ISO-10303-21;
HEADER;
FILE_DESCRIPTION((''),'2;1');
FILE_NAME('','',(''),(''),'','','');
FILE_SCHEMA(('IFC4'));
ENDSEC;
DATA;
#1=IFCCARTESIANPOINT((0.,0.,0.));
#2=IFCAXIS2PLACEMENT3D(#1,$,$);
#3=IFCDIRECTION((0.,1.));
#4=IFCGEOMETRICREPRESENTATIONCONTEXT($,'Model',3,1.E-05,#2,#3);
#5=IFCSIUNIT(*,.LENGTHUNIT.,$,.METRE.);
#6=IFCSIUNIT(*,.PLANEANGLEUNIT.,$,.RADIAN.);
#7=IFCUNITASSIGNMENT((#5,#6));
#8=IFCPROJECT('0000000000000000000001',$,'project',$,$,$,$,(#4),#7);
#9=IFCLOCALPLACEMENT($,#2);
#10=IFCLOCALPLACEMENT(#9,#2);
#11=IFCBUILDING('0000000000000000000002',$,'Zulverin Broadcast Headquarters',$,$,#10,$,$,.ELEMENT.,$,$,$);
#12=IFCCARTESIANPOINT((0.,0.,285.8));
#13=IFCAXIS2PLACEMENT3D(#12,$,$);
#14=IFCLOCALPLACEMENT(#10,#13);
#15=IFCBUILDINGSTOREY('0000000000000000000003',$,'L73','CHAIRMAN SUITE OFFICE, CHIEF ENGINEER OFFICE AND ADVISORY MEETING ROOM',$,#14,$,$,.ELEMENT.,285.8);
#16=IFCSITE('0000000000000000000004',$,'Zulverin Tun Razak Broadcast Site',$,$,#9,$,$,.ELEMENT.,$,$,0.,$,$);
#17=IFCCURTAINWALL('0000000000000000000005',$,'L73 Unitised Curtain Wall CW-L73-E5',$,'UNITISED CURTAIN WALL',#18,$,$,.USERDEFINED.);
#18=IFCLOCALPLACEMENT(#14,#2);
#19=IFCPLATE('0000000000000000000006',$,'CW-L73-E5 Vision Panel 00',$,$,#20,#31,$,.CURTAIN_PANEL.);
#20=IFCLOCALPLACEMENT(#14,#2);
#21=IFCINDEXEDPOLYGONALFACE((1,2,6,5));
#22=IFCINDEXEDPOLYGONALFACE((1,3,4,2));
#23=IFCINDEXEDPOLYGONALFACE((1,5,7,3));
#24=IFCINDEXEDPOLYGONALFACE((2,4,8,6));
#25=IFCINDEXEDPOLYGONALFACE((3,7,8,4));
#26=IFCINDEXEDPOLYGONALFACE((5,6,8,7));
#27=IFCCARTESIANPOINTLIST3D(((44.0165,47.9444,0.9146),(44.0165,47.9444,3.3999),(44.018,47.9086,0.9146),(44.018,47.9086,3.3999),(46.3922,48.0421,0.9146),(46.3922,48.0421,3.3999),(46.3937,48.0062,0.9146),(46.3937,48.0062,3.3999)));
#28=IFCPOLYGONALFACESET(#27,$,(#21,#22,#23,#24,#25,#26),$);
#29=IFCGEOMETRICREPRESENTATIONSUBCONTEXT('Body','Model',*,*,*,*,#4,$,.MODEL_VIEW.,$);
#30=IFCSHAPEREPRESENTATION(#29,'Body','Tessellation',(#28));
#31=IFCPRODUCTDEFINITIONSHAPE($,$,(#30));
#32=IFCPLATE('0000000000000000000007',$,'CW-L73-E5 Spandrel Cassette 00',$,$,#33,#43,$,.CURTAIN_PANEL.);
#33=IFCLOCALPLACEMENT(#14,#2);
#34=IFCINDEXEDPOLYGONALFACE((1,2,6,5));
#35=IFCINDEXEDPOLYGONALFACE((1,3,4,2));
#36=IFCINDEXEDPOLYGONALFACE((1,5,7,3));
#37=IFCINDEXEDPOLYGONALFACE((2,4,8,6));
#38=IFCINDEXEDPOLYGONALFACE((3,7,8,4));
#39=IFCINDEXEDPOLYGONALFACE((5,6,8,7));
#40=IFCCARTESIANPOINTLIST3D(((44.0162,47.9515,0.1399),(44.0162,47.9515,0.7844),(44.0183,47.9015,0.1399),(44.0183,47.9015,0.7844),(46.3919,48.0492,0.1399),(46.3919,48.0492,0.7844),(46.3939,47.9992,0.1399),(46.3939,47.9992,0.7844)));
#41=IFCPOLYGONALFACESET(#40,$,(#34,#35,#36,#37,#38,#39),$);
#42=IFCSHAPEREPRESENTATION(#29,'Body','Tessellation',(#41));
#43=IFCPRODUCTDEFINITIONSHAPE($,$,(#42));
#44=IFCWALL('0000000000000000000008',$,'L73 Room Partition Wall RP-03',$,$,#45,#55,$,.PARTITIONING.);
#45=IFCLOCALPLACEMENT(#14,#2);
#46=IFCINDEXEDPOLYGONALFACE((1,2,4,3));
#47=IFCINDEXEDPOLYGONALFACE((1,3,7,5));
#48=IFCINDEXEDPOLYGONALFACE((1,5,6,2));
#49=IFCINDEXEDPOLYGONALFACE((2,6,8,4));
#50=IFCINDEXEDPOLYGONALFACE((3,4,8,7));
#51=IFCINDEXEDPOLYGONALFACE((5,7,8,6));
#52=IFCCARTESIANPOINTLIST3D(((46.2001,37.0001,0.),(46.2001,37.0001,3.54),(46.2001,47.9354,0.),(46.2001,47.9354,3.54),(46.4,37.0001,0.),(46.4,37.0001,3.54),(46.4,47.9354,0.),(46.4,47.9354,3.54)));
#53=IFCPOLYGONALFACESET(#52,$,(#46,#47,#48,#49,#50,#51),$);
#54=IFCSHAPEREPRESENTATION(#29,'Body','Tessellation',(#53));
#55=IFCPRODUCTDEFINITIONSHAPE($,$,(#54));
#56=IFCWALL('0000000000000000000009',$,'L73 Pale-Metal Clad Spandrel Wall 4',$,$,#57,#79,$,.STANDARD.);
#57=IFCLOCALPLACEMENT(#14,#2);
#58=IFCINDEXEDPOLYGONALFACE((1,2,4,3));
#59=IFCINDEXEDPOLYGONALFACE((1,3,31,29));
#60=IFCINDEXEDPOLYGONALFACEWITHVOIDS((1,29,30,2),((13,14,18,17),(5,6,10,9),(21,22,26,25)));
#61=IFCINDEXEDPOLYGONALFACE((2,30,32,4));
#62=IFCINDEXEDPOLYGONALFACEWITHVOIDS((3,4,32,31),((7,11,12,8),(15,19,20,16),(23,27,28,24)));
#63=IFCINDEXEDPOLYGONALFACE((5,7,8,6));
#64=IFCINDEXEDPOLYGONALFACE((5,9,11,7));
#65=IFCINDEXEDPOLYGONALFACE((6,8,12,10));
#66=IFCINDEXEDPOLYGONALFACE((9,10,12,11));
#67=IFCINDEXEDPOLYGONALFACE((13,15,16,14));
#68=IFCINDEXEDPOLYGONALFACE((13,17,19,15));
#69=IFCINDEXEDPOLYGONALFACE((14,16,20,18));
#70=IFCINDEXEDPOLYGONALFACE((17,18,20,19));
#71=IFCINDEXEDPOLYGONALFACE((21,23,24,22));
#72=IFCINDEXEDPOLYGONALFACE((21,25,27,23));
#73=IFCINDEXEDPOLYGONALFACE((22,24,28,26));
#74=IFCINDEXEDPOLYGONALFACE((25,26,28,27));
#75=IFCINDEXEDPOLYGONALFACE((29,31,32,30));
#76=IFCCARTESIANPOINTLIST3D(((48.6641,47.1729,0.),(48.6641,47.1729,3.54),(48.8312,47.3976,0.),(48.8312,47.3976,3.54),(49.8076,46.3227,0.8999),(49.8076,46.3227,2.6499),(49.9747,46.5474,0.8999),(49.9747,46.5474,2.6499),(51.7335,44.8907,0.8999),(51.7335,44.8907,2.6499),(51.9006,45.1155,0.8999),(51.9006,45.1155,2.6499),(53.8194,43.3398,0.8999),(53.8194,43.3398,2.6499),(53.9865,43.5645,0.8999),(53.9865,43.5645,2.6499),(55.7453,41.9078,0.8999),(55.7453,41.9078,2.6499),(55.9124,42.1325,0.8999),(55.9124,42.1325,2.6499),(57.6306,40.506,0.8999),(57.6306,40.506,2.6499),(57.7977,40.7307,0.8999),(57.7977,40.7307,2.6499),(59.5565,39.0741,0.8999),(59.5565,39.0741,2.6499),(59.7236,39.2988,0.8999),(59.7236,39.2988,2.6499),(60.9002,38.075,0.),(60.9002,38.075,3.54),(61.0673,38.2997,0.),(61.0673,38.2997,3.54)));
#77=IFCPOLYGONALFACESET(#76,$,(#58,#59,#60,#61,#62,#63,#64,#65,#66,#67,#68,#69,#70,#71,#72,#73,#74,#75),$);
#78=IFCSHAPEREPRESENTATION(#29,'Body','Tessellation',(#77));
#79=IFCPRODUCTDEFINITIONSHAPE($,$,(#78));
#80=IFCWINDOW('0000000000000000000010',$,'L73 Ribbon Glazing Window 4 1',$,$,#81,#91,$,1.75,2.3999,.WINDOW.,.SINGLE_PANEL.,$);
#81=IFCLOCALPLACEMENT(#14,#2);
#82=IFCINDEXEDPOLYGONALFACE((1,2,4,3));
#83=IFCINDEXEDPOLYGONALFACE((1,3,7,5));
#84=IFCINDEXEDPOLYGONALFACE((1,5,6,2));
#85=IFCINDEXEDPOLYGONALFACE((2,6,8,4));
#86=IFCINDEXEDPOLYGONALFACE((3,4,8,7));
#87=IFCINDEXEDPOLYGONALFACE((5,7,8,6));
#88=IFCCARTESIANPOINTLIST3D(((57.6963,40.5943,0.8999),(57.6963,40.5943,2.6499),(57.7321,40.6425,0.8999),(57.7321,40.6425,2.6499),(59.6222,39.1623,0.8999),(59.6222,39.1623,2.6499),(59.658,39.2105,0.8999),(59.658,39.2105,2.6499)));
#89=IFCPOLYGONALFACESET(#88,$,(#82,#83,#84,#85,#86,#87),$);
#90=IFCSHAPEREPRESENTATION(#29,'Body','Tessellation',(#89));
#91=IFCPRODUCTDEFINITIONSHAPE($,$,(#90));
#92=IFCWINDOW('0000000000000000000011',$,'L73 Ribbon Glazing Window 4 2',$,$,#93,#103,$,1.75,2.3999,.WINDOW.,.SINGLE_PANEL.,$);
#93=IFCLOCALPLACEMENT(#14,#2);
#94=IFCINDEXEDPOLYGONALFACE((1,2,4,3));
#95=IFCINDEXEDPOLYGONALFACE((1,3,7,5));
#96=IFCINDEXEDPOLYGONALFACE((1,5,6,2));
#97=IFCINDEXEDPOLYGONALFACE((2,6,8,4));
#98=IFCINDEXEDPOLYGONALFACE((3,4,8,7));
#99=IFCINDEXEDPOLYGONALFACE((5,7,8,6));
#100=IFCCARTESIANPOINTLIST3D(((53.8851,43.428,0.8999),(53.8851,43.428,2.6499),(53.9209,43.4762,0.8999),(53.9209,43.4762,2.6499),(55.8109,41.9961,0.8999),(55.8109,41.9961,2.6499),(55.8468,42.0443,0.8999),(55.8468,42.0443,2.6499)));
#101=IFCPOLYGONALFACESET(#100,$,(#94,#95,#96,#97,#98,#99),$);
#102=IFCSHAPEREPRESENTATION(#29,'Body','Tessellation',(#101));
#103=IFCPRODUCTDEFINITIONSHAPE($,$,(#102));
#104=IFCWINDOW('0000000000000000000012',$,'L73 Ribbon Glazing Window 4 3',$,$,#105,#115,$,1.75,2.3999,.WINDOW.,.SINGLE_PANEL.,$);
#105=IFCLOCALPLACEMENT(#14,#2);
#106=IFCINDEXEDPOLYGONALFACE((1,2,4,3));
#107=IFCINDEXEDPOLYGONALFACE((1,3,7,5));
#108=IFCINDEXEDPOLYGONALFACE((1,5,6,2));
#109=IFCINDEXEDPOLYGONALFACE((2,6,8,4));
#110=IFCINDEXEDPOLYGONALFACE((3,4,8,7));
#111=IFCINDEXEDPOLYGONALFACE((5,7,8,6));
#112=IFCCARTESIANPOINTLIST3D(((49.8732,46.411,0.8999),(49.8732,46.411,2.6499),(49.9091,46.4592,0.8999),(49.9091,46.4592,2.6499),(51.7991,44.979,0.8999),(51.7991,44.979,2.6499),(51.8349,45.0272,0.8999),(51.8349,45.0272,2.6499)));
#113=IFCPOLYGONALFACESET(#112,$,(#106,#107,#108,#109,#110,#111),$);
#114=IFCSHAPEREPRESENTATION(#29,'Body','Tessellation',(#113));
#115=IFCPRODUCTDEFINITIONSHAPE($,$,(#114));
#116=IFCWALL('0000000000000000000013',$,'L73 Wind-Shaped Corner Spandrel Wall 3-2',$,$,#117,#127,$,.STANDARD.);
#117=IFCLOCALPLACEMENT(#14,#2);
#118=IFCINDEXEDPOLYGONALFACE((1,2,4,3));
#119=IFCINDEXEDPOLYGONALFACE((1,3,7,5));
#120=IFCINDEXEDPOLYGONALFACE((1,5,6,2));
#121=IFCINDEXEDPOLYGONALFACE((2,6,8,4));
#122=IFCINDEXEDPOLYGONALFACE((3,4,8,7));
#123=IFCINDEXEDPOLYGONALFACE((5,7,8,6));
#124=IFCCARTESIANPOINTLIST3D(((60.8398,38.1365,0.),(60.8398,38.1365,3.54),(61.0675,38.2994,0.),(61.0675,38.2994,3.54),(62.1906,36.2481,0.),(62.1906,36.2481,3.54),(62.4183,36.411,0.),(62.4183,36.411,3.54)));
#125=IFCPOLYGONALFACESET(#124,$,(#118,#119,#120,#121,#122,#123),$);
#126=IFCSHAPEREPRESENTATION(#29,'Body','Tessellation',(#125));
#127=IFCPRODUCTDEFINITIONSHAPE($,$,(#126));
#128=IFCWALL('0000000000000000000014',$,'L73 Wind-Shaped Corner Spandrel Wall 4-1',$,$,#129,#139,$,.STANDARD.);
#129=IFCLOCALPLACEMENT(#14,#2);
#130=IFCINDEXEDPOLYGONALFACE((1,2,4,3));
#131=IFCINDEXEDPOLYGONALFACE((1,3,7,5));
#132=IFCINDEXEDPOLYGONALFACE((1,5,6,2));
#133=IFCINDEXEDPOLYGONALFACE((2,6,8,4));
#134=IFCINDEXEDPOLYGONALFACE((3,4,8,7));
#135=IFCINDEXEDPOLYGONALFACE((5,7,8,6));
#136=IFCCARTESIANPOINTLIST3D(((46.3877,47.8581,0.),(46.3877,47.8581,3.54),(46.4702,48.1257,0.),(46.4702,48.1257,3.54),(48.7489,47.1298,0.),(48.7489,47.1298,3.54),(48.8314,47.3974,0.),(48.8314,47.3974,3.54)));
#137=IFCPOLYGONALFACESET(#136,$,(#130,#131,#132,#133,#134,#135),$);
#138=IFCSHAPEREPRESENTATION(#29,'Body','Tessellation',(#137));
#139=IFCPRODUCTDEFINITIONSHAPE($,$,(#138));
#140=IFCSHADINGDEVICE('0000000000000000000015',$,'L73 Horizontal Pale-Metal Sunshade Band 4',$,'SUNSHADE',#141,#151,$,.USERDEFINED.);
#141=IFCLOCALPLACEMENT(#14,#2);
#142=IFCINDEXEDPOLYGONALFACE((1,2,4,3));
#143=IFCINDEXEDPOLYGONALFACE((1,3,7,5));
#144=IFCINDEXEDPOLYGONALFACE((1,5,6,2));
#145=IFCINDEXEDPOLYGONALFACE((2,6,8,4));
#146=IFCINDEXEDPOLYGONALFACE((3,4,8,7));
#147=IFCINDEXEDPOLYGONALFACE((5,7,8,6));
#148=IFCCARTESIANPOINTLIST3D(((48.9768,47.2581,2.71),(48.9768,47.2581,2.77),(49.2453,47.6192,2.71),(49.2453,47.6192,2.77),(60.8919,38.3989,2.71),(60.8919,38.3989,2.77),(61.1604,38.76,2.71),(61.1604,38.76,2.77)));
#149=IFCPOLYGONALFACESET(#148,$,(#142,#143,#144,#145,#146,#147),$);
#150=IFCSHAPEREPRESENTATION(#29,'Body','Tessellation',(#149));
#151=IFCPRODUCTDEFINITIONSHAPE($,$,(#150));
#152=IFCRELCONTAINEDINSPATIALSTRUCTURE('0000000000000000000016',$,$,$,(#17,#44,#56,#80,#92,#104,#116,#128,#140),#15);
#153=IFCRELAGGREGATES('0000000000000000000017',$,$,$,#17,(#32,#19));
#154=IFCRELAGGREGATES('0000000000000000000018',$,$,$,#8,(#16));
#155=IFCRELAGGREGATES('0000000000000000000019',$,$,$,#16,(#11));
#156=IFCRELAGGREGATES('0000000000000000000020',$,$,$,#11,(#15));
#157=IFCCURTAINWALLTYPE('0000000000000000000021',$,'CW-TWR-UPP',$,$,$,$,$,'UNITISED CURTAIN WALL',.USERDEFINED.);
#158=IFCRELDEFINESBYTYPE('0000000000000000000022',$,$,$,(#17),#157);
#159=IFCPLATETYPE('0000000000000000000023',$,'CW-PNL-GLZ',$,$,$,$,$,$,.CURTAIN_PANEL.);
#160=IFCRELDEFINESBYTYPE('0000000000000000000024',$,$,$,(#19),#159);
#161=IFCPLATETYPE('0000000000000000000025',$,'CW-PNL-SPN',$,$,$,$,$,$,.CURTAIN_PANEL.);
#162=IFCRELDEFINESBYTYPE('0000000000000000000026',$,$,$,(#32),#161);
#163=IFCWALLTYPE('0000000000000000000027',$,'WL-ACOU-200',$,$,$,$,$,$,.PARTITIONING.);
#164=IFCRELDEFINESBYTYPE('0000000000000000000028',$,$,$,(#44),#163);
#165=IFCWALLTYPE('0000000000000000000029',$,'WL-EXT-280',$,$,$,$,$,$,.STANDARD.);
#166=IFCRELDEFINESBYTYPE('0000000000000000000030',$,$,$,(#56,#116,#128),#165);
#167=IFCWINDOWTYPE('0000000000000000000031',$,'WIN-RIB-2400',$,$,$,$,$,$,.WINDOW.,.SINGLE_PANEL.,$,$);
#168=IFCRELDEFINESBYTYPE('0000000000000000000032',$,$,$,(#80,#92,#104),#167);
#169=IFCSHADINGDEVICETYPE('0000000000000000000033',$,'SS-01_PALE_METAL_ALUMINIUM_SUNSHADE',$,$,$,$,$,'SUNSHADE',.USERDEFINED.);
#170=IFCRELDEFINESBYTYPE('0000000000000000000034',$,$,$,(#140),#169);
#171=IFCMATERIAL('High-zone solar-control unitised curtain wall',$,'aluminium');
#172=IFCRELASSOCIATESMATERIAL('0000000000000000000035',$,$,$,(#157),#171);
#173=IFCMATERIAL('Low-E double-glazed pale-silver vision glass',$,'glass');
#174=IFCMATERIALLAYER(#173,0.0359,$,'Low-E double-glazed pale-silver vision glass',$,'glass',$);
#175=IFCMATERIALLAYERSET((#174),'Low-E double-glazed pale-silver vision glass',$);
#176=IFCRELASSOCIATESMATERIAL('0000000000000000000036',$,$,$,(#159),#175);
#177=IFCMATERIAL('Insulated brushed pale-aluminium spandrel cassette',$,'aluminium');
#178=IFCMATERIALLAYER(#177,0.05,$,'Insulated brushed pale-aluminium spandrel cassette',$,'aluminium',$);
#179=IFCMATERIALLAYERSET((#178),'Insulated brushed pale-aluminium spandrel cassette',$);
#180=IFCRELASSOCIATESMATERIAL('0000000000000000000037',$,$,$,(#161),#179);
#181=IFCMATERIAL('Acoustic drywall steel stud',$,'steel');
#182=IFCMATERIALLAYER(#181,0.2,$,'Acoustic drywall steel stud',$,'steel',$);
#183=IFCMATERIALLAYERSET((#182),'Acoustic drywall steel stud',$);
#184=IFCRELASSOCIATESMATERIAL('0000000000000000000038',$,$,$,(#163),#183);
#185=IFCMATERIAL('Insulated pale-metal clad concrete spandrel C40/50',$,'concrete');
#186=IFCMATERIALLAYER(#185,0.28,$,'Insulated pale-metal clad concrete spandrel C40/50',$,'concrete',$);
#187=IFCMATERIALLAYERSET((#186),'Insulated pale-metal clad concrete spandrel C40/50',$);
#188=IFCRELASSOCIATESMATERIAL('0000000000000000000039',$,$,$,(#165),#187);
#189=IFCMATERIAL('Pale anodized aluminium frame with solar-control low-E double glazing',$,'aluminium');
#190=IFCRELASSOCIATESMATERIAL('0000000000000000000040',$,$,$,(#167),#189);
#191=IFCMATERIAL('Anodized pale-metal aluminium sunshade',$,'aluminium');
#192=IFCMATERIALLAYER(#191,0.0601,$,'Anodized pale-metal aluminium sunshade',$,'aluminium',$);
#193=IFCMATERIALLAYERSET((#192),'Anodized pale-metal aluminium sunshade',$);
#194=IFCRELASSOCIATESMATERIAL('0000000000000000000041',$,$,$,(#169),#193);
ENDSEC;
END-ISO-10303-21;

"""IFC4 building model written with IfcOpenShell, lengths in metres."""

from ifc_helpers import new_model, si_unit, direction, frame, frame_2d, origin, origin_2d, place, context, subcontext, project, spatial, rectangle, extrude, material, layer, layer_set, type_object, element, fill, aggregate, save


model = new_model("IFC4")

# Units and contexts
model_context = context("Model", 3, precision=1e-05, world=origin(), true_north=direction((0.0, 1.0)))
body_context = subcontext(model_context, "Body", "Model", "MODEL_VIEW")
ifc_project = project(units=[si_unit("LENGTHUNIT", "METRE"), si_unit("PLANEANGLEUNIT", "RADIAN")], contexts=[model_context])

# Site, building, storey
site_placement = place(None, origin())
site = spatial("IfcSite", under=ifc_project, at=site_placement, Name="Zulverin Tun Razak Broadcast Site", CompositionType="ELEMENT", RefElevation=0.0)
building_placement = place(site_placement, origin())
building = spatial("IfcBuilding", under=site, at=building_placement, Name="Zulverin Broadcast Headquarters", CompositionType="ELEMENT")
storey_placement = place(building_placement, frame((0.0, 0.0, 285.8)))
storey = spatial("IfcBuildingStorey", under=building, at=storey_placement, Name="L73", Description="CHAIRMAN SUITE OFFICE, CHIEF ENGINEER OFFICE AND ADVISORY MEETING ROOM", CompositionType="ELEMENT", Elevation=285.8)

# Curtain wall, plates
ifc_material_1 = material(Name="High-zone solar-control unitised curtain wall", Category="aluminium")
curtain_wall_type = type_object("IfcCurtainWallType", Name="CW-TWR-UPP", ElementType="UNITISED CURTAIN WALL", PredefinedType="USERDEFINED", material=ifc_material_1)
curtain_wall_placement = place(storey_placement, origin())
curtain_wall = element("IfcCurtainWall", 1, at=curtain_wall_placement, inside=storey, type_object=curtain_wall_type, Name="L73 Unitised Curtain Wall CW-L73-E5", ObjectType="UNITISED CURTAIN WALL", PredefinedType="USERDEFINED")
ifc_material_2 = material(Name="Low-E double-glazed pale-silver vision glass", Category="glass")
ifc_layer_1 = layer(ifc_material_2, 0.0359, Name="Low-E double-glazed pale-silver vision glass", Category="glass")
ifc_layer_set_1 = layer_set([ifc_layer_1], Name="Low-E double-glazed pale-silver vision glass")
plate_type_1 = type_object("IfcPlateType", Name="CW-PNL-GLZ", PredefinedType="CURTAIN_PANEL", material=ifc_layer_set_1)
plate_1_placement = place(storey_placement, frame((45.2051, 47.9753, 0.9146), z_axis=(0.0, 0.0, 1.0), x_axis=(-0.999156, -0.041068, 0.0)))
plate_1 = element("IfcPlate", 2, at=plate_1_placement, type_object=plate_type_1, Name="CW-L73-E5 Vision Panel 00", PredefinedType="CURTAIN_PANEL", context=body_context, shape_type="SweptSolid", body=[
    extrude(rectangle(XDim=2.3777, YDim=0.0359, at=origin_2d()), origin(), (0.0, 0.0, 1.0), 2.4854),
])
ifc_material_3 = material(Name="Insulated brushed pale-aluminium spandrel cassette", Category="aluminium")
ifc_layer_2 = layer(ifc_material_3, 0.05, Name="Insulated brushed pale-aluminium spandrel cassette", Category="aluminium")
ifc_layer_set_2 = layer_set([ifc_layer_2], Name="Insulated brushed pale-aluminium spandrel cassette")
plate_type_2 = type_object("IfcPlateType", Name="CW-PNL-SPN", PredefinedType="CURTAIN_PANEL", material=ifc_layer_set_2)
plate_2_placement = place(storey_placement, frame((45.2051, 47.9753, 0.1399), z_axis=(0.0, 0.0, 1.0), x_axis=(-0.999156, -0.041068, 0.0)))
plate_2 = element("IfcPlate", 3, at=plate_2_placement, type_object=plate_type_2, Name="CW-L73-E5 Spandrel Cassette 00", PredefinedType="CURTAIN_PANEL", context=body_context, shape_type="SweptSolid", body=[
    extrude(rectangle(XDim=2.3777, YDim=0.05, at=origin_2d()), origin(), (0.0, 0.0, 1.0), 0.6445),
])
aggregate(curtain_wall, [plate_2, plate_1])

# Wall
ifc_material_4 = material(Name="Acoustic drywall steel stud", Category="steel")
ifc_layer_3 = layer(ifc_material_4, 0.2, Name="Acoustic drywall steel stud", Category="steel")
ifc_layer_set_3 = layer_set([ifc_layer_3], Name="Acoustic drywall steel stud")
wall_type_1 = type_object("IfcWallType", Name="WL-ACOU-200", PredefinedType="PARTITIONING", material=ifc_layer_set_3)
wall_1_placement = place(storey_placement, frame((46.3, 37.0, 0.0), z_axis=(0.0, 0.0, 1.0), x_axis=(0.0, 1.0, 0.0)))
element("IfcWall", 4, at=wall_1_placement, inside=storey, type_object=wall_type_1, Name="L73 Room Partition Wall RP-03", PredefinedType="PARTITIONING", context=body_context, shape_type="SweptSolid", body=[
    extrude(rectangle(XDim=10.9353, YDim=0.2, at=frame_2d((5.4678, 0.0))), origin(), (0.0, 0.0, 1.0), 3.54),
])

# Wall, openings, windows
ifc_material_5 = material(Name="Insulated pale-metal clad concrete spandrel C40/50", Category="concrete")
ifc_layer_4 = layer(ifc_material_5, 0.28, Name="Insulated pale-metal clad concrete spandrel C40/50", Category="concrete")
ifc_layer_set_4 = layer_set([ifc_layer_4], Name="Insulated pale-metal clad concrete spandrel C40/50")
wall_type_2 = type_object("IfcWallType", Name="WL-EXT-280", PredefinedType="STANDARD", material=ifc_layer_set_4)
wall_2_placement = place(storey_placement, frame((60.9839, 38.1873, 0.0), z_axis=(0.0, 0.0, 1.0), x_axis=(-0.802485, 0.596672, 0.0)))
wall_2 = element("IfcWall", 5, at=wall_2_placement, inside=storey, type_object=wall_type_2, Name="L73 Pale-Metal Clad Spandrel Wall 4", PredefinedType="STANDARD", context=body_context, shape_type="SweptSolid", body=[
    extrude(rectangle(XDim=15.2478, YDim=0.28, at=frame_2d((7.624, 0.0))), origin(), (0.0, 0.0, 1.0), 3.54),
])
opening_1_placement = place(wall_2_placement, frame((1.6746, 0.0, 0.8999)))
opening_1 = element("IfcOpeningElement", 6, at=opening_1_placement, cuts=wall_2, PredefinedType="OPENING", context=body_context, shape_type="SweptSolid", body=[
    extrude(rectangle(XDim=2.3999, YDim=1.75, at=frame_2d((1.2, 0.875))), frame((0.0, 0.1499, 0.0), z_axis=(0.0, -1.0, 0.0), x_axis=(1.0, 0.0, 0.0)), (0.0, 0.0, 1.0), 0.3),
])
opening_2_placement = place(wall_2_placement, frame((6.4238, 0.0, 0.8999)))
opening_2 = element("IfcOpeningElement", 7, at=opening_2_placement, cuts=wall_2, PredefinedType="OPENING", context=body_context, shape_type="SweptSolid", body=[
    extrude(rectangle(XDim=2.3999, YDim=1.75, at=frame_2d((1.2, 0.875))), frame((0.0, 0.1499, 0.0), z_axis=(0.0, -1.0, 0.0), x_axis=(1.0, 0.0, 0.0)), (0.0, 0.0, 1.0), 0.3),
])
opening_3_placement = place(wall_2_placement, frame((11.4231, 0.0, 0.8999)))
opening_3 = element("IfcOpeningElement", 8, at=opening_3_placement, cuts=wall_2, PredefinedType="OPENING", context=body_context, shape_type="SweptSolid", body=[
    extrude(rectangle(XDim=2.3999, YDim=1.75, at=frame_2d((1.2, 0.875))), frame((0.0, 0.1499, 0.0), z_axis=(0.0, -1.0, 0.0), x_axis=(1.0, 0.0, 0.0)), (0.0, 0.0, 1.0), 0.3),
])
ifc_material_6 = material(Name="Pale anodized aluminium frame with solar-control low-E double glazing", Category="aluminium")
window_type = type_object("IfcWindowType", Name="WIN-RIB-2400", PartitioningType="SINGLE_PANEL", PredefinedType="WINDOW", material=ifc_material_6)
window_1_placement = place(opening_1_placement, origin())
window_1 = element("IfcWindow", 9, at=window_1_placement, inside=storey, type_object=window_type, Name="L73 Ribbon Glazing Window 4 1", OverallHeight=1.75, OverallWidth=2.3999, PartitioningType="SINGLE_PANEL", PredefinedType="WINDOW", context=body_context, shape_type="SweptSolid", body=[
    extrude(rectangle(XDim=2.3999, YDim=1.75, at=frame_2d((1.2, 0.875))), frame((0.0, 0.03, 0.0), z_axis=(0.0, -1.0, 0.0), x_axis=(1.0, 0.0, 0.0)), (0.0, 0.0, 1.0), 0.0601),
])
fill(opening_1, window_1)
window_2_placement = place(opening_2_placement, origin())
window_2 = element("IfcWindow", 10, at=window_2_placement, inside=storey, type_object=window_type, Name="L73 Ribbon Glazing Window 4 2", OverallHeight=1.75, OverallWidth=2.3999, PartitioningType="SINGLE_PANEL", PredefinedType="WINDOW", context=body_context, shape_type="SweptSolid", body=[
    extrude(rectangle(XDim=2.3999, YDim=1.75, at=frame_2d((1.2, 0.875))), frame((0.0, 0.03, 0.0), z_axis=(0.0, -1.0, 0.0), x_axis=(1.0, 0.0, 0.0)), (0.0, 0.0, 1.0), 0.0601),
])
fill(opening_2, window_2)
window_3_placement = place(opening_3_placement, origin())
window_3 = element("IfcWindow", 11, at=window_3_placement, inside=storey, type_object=window_type, Name="L73 Ribbon Glazing Window 4 3", OverallHeight=1.75, OverallWidth=2.3999, PartitioningType="SINGLE_PANEL", PredefinedType="WINDOW", context=body_context, shape_type="SweptSolid", body=[
    extrude(rectangle(XDim=2.3999, YDim=1.75, at=frame_2d((1.2, 0.875))), frame((0.0, 0.03, 0.0), z_axis=(0.0, -1.0, 0.0), x_axis=(1.0, 0.0, 0.0)), (0.0, 0.0, 1.0), 0.0601),
])
fill(opening_3, window_3)

# Walls
wall_3_placement = place(storey_placement, frame((62.3044, 36.3296, 0.0), z_axis=(0.0, 0.0, 1.0), x_axis=(-0.581795, 0.813335, 0.0)))
element("IfcWall", 12, at=wall_3_placement, inside=storey, type_object=wall_type_2, Name="L73 Wind-Shaped Corner Spandrel Wall 3-2", PredefinedType="STANDARD", context=body_context, shape_type="SweptSolid", body=[
    extrude(rectangle(XDim=2.3218, YDim=0.28, at=frame_2d((1.1609, 0.0))), origin(), (0.0, 0.0, 1.0), 3.54),
])
wall_4_placement = place(storey_placement, frame((48.79, 47.2637, 0.0), z_axis=(0.0, 0.0, 1.0), x_axis=(-0.955576, 0.294745, 0.0)))
element("IfcWall", 13, at=wall_4_placement, inside=storey, type_object=wall_type_2, Name="L73 Wind-Shaped Corner Spandrel Wall 4-1", PredefinedType="STANDARD", context=body_context, shape_type="SweptSolid", body=[
    extrude(rectangle(XDim=2.4709, YDim=0.28, at=frame_2d((1.2354, 0.0))), origin(), (0.0, 0.0, 1.0), 3.54),
])

# Shading device
ifc_material_7 = material(Name="Anodized pale-metal aluminium sunshade", Category="aluminium")
ifc_layer_5 = layer(ifc_material_7, 0.0601, Name="Anodized pale-metal aluminium sunshade", Category="aluminium")
ifc_layer_set_5 = layer_set([ifc_layer_5], Name="Anodized pale-metal aluminium sunshade")
shading_device_type = type_object("IfcShadingDeviceType", Name="SS-01_PALE_METAL_ALUMINIUM_SUNSHADE", ElementType="SUNSHADE", PredefinedType="USERDEFINED", material=ifc_layer_set_5)
shading_device_placement = place(storey_placement, frame((55.0686, 43.009, 2.71), z_axis=(0.0, 0.0, 1.0), x_axis=(-0.802486, 0.59667, 0.0)))
element("IfcShadingDevice", 14, at=shading_device_placement, inside=storey, type_object=shading_device_type, Name="L73 Horizontal Pale-Metal Sunshade Band 4", ObjectType="SUNSHADE", PredefinedType="USERDEFINED", context=body_context, shape_type="SweptSolid", body=[
    extrude(rectangle(XDim=14.8477, YDim=0.45, at=origin_2d()), origin(), (0.0, 0.0, 1.0), 0.0601),
])

save(model, "model.ifc")
